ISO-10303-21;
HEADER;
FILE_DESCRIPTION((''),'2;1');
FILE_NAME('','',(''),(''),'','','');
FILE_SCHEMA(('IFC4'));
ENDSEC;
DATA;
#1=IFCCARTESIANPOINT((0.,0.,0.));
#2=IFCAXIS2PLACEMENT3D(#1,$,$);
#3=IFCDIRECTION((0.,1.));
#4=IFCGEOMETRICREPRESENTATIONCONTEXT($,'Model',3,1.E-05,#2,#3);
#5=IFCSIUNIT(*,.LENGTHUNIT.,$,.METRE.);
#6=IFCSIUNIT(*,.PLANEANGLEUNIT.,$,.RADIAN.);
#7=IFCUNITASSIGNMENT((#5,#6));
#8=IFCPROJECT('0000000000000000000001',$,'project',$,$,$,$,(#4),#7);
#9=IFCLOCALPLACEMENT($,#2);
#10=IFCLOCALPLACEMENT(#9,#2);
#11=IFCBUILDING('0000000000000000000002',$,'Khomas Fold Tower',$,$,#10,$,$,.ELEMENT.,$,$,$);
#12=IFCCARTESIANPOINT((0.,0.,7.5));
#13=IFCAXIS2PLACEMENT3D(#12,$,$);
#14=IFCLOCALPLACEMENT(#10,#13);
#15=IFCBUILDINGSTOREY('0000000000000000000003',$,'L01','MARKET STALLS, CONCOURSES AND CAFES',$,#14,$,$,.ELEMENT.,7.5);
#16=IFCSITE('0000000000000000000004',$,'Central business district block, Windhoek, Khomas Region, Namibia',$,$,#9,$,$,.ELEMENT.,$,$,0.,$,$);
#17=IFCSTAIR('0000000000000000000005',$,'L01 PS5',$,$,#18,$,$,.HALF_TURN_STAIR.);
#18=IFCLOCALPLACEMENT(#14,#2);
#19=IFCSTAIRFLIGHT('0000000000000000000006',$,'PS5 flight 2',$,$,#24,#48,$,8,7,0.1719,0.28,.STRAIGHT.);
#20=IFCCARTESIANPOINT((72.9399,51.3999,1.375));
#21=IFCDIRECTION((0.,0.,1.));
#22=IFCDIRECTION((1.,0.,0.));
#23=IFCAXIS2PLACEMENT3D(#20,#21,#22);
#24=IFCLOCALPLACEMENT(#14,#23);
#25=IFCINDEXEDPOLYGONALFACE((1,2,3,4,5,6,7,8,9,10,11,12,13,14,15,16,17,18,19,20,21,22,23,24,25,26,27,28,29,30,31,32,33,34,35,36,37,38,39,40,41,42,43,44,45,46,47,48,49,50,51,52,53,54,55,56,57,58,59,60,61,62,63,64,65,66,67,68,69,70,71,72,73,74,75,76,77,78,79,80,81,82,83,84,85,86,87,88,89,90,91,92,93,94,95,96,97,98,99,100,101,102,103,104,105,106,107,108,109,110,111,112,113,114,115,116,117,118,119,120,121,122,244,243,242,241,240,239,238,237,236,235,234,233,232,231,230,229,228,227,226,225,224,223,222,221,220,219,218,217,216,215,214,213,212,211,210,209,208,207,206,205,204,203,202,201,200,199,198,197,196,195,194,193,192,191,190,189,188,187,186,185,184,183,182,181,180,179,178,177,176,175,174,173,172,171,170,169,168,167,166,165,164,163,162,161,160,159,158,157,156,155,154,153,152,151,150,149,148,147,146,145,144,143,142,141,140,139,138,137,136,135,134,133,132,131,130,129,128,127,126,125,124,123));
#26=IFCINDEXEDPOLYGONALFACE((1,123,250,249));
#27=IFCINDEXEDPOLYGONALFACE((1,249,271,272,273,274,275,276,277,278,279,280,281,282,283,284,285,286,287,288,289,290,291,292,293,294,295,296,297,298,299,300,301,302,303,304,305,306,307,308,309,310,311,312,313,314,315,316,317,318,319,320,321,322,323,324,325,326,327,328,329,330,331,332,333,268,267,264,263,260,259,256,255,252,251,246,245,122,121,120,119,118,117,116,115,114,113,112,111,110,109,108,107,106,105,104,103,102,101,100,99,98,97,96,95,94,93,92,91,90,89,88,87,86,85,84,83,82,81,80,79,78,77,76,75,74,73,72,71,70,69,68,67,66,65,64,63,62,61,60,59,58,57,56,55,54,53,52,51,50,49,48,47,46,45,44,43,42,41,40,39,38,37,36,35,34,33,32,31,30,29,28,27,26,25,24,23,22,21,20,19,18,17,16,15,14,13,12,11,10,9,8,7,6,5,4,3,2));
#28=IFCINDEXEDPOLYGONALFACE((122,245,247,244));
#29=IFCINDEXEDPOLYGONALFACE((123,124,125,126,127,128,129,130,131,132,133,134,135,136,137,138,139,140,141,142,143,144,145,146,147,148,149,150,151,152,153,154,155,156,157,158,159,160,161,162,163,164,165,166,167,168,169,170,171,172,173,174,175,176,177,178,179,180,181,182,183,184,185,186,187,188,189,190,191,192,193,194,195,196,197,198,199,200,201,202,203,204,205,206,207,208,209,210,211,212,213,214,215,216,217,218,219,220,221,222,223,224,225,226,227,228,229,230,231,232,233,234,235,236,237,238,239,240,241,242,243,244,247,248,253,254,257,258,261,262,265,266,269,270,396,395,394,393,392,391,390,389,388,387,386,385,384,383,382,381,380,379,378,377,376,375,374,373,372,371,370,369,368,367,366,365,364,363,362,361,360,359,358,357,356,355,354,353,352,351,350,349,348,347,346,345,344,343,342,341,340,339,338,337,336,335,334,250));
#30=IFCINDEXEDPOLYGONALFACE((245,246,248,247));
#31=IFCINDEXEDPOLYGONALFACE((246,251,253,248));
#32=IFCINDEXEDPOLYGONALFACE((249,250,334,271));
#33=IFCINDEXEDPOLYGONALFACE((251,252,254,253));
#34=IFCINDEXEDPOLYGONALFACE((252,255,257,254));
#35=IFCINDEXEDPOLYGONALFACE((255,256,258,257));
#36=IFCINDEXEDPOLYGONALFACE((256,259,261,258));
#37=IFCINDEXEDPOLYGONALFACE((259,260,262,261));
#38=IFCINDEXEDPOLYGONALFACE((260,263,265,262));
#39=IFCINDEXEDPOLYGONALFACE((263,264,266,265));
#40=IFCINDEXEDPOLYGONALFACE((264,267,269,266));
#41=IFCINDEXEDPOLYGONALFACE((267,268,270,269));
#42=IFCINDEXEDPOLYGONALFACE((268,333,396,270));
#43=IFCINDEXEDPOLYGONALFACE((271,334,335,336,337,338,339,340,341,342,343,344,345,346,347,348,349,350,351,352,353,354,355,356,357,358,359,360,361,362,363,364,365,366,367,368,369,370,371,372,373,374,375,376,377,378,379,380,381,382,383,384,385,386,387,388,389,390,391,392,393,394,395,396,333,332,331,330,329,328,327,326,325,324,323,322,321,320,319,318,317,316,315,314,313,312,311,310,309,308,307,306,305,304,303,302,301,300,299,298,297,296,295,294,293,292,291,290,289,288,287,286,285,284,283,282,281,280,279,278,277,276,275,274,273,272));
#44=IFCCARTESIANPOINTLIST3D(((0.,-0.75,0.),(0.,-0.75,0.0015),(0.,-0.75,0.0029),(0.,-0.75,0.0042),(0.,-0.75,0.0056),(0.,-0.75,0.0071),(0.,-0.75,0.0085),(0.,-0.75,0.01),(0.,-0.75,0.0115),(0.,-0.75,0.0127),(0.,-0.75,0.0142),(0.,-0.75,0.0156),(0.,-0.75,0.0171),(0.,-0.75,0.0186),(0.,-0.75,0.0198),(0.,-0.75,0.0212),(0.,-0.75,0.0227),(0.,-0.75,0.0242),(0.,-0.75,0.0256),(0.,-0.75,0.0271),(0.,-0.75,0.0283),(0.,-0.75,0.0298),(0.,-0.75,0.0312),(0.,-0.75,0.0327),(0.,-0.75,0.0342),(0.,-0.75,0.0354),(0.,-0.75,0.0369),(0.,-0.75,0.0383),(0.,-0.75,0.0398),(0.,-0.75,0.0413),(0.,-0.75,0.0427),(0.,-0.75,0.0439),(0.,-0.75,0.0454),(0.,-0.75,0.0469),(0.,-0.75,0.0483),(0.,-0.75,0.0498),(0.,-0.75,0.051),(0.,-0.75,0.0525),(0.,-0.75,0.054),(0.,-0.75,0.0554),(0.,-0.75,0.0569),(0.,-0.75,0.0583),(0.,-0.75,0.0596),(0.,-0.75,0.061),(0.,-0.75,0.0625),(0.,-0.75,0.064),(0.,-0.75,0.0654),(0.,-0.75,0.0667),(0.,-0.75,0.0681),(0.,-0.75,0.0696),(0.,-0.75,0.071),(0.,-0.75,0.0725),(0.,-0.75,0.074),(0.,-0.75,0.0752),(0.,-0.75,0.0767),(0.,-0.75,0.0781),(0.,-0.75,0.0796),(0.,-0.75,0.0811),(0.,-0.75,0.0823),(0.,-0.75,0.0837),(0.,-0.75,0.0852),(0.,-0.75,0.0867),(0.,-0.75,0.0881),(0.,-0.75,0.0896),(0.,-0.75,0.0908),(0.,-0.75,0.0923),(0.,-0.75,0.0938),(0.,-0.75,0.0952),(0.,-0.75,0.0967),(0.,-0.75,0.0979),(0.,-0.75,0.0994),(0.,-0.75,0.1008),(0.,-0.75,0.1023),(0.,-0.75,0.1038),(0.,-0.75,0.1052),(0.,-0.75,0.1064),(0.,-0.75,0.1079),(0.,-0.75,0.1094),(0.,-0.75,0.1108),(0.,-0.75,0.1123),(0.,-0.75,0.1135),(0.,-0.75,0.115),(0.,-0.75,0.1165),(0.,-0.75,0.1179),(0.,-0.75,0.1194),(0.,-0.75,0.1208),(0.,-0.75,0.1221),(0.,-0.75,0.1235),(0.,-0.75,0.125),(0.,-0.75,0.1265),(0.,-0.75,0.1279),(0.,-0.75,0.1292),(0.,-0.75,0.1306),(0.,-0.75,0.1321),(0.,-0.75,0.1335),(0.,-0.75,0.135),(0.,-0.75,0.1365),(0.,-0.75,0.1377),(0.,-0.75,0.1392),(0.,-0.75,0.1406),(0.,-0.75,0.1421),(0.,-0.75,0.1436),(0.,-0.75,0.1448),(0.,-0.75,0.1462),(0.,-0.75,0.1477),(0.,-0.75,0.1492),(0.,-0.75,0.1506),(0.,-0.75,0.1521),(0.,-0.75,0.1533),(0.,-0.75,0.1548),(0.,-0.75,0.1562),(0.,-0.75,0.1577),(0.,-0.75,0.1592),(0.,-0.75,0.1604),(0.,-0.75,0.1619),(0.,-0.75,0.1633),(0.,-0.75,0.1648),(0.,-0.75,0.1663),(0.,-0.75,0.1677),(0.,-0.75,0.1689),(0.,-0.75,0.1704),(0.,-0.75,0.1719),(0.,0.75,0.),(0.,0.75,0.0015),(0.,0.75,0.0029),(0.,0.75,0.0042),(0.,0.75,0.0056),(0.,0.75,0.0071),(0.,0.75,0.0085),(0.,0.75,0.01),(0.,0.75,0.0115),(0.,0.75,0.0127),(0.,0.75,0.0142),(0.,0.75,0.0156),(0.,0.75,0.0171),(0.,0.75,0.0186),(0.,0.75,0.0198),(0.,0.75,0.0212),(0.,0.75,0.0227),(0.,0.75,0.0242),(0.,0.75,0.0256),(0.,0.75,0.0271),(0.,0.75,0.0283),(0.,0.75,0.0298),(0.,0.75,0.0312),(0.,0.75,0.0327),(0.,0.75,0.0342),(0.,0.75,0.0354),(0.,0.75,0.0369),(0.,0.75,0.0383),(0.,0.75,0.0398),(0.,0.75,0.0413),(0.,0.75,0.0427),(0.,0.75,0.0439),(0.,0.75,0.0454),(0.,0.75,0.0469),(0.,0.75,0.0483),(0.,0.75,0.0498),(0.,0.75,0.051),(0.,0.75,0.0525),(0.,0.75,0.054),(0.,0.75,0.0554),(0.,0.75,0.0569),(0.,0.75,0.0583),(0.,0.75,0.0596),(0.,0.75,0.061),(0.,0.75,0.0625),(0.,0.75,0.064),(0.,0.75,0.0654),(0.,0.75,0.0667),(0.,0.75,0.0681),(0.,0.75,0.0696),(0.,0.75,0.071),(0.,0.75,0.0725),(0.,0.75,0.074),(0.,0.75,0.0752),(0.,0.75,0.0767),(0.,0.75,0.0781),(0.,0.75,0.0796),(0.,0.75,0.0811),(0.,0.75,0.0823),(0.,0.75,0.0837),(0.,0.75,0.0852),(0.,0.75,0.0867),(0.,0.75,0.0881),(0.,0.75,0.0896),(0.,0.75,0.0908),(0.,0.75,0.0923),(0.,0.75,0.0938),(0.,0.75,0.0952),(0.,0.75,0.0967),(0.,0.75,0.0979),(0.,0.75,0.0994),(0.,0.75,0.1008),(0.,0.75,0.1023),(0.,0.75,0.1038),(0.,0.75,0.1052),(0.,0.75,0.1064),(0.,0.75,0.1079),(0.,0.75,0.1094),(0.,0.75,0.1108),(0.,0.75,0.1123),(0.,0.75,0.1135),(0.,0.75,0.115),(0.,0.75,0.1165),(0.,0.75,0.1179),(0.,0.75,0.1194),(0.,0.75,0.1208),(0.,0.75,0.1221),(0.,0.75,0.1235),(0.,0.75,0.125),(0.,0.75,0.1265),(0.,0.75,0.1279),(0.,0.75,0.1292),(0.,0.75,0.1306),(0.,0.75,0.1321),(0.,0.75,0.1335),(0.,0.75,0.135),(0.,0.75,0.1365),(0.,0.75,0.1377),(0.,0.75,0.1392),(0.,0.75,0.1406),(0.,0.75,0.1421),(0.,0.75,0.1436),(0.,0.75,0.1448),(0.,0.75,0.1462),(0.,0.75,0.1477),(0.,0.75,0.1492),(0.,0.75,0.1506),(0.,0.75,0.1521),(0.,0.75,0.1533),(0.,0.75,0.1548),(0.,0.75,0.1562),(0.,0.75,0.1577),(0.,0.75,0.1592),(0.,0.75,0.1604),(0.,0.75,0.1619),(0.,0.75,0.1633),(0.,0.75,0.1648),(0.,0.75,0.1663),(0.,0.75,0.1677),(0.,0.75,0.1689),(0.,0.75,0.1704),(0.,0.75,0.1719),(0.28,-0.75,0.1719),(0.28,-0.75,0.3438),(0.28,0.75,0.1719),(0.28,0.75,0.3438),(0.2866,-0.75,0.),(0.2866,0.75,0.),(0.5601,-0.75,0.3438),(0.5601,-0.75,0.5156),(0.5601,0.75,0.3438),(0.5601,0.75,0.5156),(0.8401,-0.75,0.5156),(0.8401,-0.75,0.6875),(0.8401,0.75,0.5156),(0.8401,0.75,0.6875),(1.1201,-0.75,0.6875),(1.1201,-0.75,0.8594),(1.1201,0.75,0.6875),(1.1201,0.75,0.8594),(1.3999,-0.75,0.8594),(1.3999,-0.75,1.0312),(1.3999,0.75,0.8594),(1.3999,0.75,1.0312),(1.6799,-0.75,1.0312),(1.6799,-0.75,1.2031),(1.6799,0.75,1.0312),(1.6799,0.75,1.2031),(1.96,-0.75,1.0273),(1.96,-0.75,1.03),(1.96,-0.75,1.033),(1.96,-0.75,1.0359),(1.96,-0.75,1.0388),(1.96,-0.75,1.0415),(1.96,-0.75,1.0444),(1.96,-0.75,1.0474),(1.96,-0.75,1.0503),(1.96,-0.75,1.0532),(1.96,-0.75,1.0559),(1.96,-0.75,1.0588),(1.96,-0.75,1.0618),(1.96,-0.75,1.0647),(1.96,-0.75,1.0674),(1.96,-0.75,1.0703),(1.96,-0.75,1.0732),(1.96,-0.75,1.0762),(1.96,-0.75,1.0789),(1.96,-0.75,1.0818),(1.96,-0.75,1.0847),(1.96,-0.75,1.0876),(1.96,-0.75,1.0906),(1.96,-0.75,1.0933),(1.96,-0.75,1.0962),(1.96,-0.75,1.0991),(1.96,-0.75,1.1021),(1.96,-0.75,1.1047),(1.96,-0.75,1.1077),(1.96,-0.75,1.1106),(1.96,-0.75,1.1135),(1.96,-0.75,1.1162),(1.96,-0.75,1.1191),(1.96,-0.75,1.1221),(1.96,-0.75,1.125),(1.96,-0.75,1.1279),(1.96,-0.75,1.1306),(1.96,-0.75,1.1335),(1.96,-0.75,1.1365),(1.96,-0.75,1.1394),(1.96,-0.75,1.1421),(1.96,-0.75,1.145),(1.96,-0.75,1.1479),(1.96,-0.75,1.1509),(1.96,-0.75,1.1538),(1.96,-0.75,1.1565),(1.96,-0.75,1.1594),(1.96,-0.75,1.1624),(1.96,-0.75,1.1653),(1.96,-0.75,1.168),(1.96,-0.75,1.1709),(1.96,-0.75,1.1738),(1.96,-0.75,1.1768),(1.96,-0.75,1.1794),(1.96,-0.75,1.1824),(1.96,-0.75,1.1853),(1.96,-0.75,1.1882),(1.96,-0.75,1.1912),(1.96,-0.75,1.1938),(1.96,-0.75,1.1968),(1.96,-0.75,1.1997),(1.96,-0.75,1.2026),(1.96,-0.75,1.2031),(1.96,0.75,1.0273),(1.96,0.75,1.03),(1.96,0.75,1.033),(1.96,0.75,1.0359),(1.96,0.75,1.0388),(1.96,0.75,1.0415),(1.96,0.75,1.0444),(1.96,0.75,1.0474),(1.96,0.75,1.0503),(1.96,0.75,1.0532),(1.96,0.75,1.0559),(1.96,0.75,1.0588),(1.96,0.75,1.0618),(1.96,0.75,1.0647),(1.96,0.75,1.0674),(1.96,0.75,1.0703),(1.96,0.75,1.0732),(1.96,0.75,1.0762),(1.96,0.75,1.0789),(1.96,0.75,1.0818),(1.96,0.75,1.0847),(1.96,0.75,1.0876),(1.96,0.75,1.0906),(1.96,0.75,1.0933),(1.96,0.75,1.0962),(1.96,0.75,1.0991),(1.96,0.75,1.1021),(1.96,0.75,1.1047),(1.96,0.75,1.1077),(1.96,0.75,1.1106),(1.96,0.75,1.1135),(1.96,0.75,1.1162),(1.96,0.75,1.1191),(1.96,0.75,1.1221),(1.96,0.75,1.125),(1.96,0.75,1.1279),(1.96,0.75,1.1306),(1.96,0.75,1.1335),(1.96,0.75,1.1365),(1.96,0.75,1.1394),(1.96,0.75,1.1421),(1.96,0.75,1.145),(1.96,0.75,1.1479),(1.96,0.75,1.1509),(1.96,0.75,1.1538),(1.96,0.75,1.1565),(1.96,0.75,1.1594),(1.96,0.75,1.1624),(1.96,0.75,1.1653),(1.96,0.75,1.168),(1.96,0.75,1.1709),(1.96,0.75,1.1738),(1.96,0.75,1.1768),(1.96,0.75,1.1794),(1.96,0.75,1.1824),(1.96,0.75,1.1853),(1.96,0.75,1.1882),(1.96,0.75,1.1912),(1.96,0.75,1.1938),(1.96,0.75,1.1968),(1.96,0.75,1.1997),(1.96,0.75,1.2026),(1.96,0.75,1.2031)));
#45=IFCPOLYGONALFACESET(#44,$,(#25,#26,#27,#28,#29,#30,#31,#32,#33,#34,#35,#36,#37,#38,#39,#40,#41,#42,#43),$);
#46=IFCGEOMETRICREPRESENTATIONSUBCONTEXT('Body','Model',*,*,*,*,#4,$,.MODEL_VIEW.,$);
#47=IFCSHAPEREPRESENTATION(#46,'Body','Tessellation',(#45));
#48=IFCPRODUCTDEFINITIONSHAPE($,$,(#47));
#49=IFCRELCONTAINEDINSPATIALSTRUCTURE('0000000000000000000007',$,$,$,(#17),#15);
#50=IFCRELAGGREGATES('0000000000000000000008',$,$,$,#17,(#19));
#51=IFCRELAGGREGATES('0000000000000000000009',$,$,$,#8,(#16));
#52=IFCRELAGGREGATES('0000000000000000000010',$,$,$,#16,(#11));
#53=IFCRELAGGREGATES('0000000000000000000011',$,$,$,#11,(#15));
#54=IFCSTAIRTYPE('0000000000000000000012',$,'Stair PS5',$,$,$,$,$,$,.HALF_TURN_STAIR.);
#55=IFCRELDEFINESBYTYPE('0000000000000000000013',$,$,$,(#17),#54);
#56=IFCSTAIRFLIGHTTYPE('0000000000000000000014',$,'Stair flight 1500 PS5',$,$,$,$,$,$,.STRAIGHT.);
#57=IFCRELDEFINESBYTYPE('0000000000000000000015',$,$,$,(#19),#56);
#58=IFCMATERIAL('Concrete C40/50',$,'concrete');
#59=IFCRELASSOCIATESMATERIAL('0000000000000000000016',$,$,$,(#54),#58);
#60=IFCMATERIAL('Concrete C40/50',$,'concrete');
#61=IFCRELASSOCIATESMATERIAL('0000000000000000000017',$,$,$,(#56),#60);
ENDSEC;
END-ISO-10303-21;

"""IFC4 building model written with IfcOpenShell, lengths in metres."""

from ifc_helpers import new_model, si_unit, direction, frame, origin, place, context, subcontext, project, spatial, polyline, outline, extrude, source, transform, mapped, material, type_object, element, aggregate, save


model = new_model("IFC4")

# Units and contexts
model_context = context("Model", 3, precision=1e-05, world=origin(), true_north=direction((0.0, 1.0)))
body_context = subcontext(model_context, "Body", "Model", "MODEL_VIEW")
ifc_project = project(units=[si_unit("LENGTHUNIT", "METRE"), si_unit("PLANEANGLEUNIT", "RADIAN")], contexts=[model_context])

# Site, building, storey
site_placement = place(None, origin())
site = spatial("IfcSite", under=ifc_project, at=site_placement, Name="Central business district block, Windhoek, Khomas Region, Namibia", CompositionType="ELEMENT", RefElevation=0.0)
building_placement = place(site_placement, origin())
building = spatial("IfcBuilding", under=site, at=building_placement, Name="Khomas Fold Tower", CompositionType="ELEMENT")
storey_placement = place(building_placement, frame((0.0, 0.0, 7.5)))
storey = spatial("IfcBuildingStorey", under=building, at=storey_placement, Name="L01", Description="MARKET STALLS, CONCOURSES AND CAFES", CompositionType="ELEMENT", Elevation=7.5)

# Stair, stair flight
ifc_material_1 = material(Name="Concrete C40/50", Category="concrete")
stair_type_1 = type_object("IfcStairType", Name="Stair PS5", PredefinedType="HALF_TURN_STAIR", material=ifc_material_1)
stair_1_placement = place(storey_placement, origin())
stair_1 = element("IfcStair", 1, at=stair_1_placement, inside=storey, type_object=stair_type_1, Name="L01 PS5", PredefinedType="HALF_TURN_STAIR")
ifc_material_2 = material(Name="Concrete C40/50", Category="concrete")
stair_flight_type_1 = type_object("IfcStairFlightType", Name="Stair flight 1500 PS5", PredefinedType="STRAIGHT", material=ifc_material_2)
shared_shape_1 = source(origin(), body_context, "Body", "SweptSolid", [
    extrude(outline(polyline([(0.0, 0.0), (0.0, 0.0015), (0.0, 0.0029), (0.0, 0.0042), (0.0, 0.0056), (0.0, 0.0071), (0.0, 0.0085), (0.0, 0.01), (0.0, 0.0115), (0.0, 0.0127), (0.0, 0.0142), (0.0, 0.0156), (0.0, 0.0171), (0.0, 0.0186), (0.0, 0.0198), (0.0, 0.0212), (0.0, 0.0227), (0.0, 0.0242), (0.0, 0.0256), (0.0, 0.0271), (0.0, 0.0283), (0.0, 0.0298), (0.0, 0.0312), (0.0, 0.0327), (0.0, 0.0342), (0.0, 0.0354), (0.0, 0.0369), (0.0, 0.0383), (0.0, 0.0398), (0.0, 0.0413), (0.0, 0.0427), (0.0, 0.0439), (0.0, 0.0454), (0.0, 0.0469), (0.0, 0.0483), (0.0, 0.0498), (0.0, 0.051), (0.0, 0.0525), (0.0, 0.054), (0.0, 0.0554), (0.0, 0.0569), (0.0, 0.0583), (0.0, 0.0596), (0.0, 0.061), (0.0, 0.0625), (0.0, 0.064), (0.0, 0.0654), (0.0, 0.0667), (0.0, 0.0681), (0.0, 0.0696), (0.0, 0.071), (0.0, 0.0725), (0.0, 0.074), (0.0, 0.0752), (0.0, 0.0767), (0.0, 0.0781), (0.0, 0.0796), (0.0, 0.0811), (0.0, 0.0823), (0.0, 0.0837), (0.0, 0.0852), (0.0, 0.0867), (0.0, 0.0881), (0.0, 0.0896), (0.0, 0.0908), (0.0, 0.0923), (0.0, 0.0938), (0.0, 0.0952), (0.0, 0.0967), (0.0, 0.0979), (0.0, 0.0994), (0.0, 0.1008), (0.0, 0.1023), (0.0, 0.1038), (0.0, 0.1052), (0.0, 0.1064), (0.0, 0.1079), (0.0, 0.1094), (0.0, 0.1108), (0.0, 0.1123), (0.0, 0.1135), (0.0, 0.115), (0.0, 0.1165), (0.0, 0.1179), (0.0, 0.1194), (0.0, 0.1208), (0.0, 0.1221), (0.0, 0.1235), (0.0, 0.125), (0.0, 0.1265), (0.0, 0.1279), (0.0, 0.1292), (0.0, 0.1306), (0.0, 0.1321), (0.0, 0.1335), (0.0, 0.135), (0.0, 0.1365), (0.0, 0.1377), (0.0, 0.1392), (0.0, 0.1406), (0.0, 0.1421), (0.0, 0.1436), (0.0, 0.1448), (0.0, 0.1462), (0.0, 0.1477), (0.0, 0.1492), (0.0, 0.1506), (0.0, 0.1521), (0.0, 0.1533), (0.0, 0.1548), (0.0, 0.1562), (0.0, 0.1577), (0.0, 0.1592), (0.0, 0.1604), (0.0, 0.1619), (0.0, 0.1633), (0.0, 0.1648), (0.0, 0.1663), (0.0, 0.1677), (0.0, 0.1689), (0.0, 0.1704), (0.0, 0.1719), (0.28, 0.1719), (0.28, 0.3438), (0.5601, 0.3438), (0.5601, 0.5156), (0.8401, 0.5156), (0.8401, 0.6875), (1.1201, 0.6875), (1.1201, 0.8594), (1.3999, 0.8594), (1.3999, 1.0312), (1.6799, 1.0312), (1.6799, 1.2031), (1.96, 1.2031), (1.96, 1.375), (1.96, 1.3721), (1.96, 1.3691), (1.96, 1.3665), (1.96, 1.3635), (1.96, 1.3606), (1.96, 1.3577), (1.96, 1.355), (1.96, 1.3521), (1.96, 1.3491), (1.96, 1.3462), (1.96, 1.3435), (1.96, 1.3406), (1.96, 1.3376), (1.96, 1.3347), (1.96, 1.3318), (1.96, 1.3291), (1.96, 1.3262), (1.96, 1.3232), (1.96, 1.3203), (1.96, 1.3176), (1.96, 1.3147), (1.96, 1.3118), (1.96, 1.3088), (1.96, 1.3059), (1.96, 1.3032), (1.96, 1.3003), (1.96, 1.2974), (1.96, 1.2944), (1.96, 1.2917), (1.96, 1.2888), (1.96, 1.2859), (1.96, 1.283), (1.96, 1.2803), (1.96, 1.2773), (1.96, 1.2744), (1.96, 1.2715), (1.96, 1.2686), (1.96, 1.2659), (1.96, 1.2629), (1.96, 1.26), (1.96, 1.2571), (1.96, 1.2544), (1.96, 1.2515), (1.96, 1.2485), (1.96, 1.2456), (1.96, 1.2427), (1.96, 1.24), (1.96, 1.2371), (1.96, 1.2341), (1.96, 1.2312), (1.96, 1.2285), (1.96, 1.2256), (1.96, 1.2227), (1.96, 1.2197), (1.96, 1.217), (1.96, 1.2141), (1.96, 1.2112), (1.96, 1.2083), (1.96, 1.2053), (1.96, 1.2026), (1.96, 1.1997), (1.96, 1.1968), (1.96, 1.1938), (1.96, 1.1912), (1.96, 1.1882), (1.96, 1.1853), (1.96, 1.1824), (1.96, 1.1794), (1.96, 1.1768), (1.96, 1.1738), (1.96, 1.1709), (1.96, 1.168), (1.96, 1.1653), (1.96, 1.1624), (1.96, 1.1594), (1.96, 1.1565), (1.96, 1.1538), (1.96, 1.1509), (1.96, 1.1479), (1.96, 1.145), (1.96, 1.1421), (1.96, 1.1394), (1.96, 1.1365), (1.96, 1.1335), (1.96, 1.1306), (1.96, 1.1279), (1.96, 1.125), (1.96, 1.1221), (1.96, 1.1191), (1.96, 1.1162), (1.96, 1.1135), (1.96, 1.1106), (1.96, 1.1077), (1.96, 1.1047), (1.96, 1.1021), (1.96, 1.0991), (1.96, 1.0962), (1.96, 1.0933), (1.96, 1.0906), (1.96, 1.0876), (1.96, 1.0847), (1.96, 1.0818), (1.96, 1.0789), (1.96, 1.0762), (1.96, 1.0732), (1.96, 1.0703), (1.96, 1.0674), (1.96, 1.0647), (1.96, 1.0618), (1.96, 1.0588), (1.96, 1.0559), (1.96, 1.0532), (1.96, 1.0503), (1.96, 1.0474), (1.96, 1.0444), (1.96, 1.0415), (1.96, 1.0388), (1.96, 1.0359), (1.96, 1.033), (1.96, 1.03), (1.96, 1.0273), (0.2866, 0.0), (0.0, 0.0)])), frame((0.0, 0.75, 0.0), z_axis=(0.0, -1.0, 0.0), x_axis=(1.0, 0.0, 0.0)), (0.0, 0.0, 1.0), 1.5),
])
stair_flight_1_placement = place(storey_placement, frame((72.9399, 51.3999, 1.375), z_axis=(0.0, 0.0, 1.0), x_axis=(1.0, 0.0, 0.0)))
stair_flight_1 = element("IfcStairFlight", 2, at=stair_flight_1_placement, type_object=stair_flight_type_1, Name="PS5 flight 2", NumberOfRisers=8, NumberOfTreads=7, PredefinedType="STRAIGHT", RiserHeight=0.1719, TreadLength=0.28, context=body_context, shape_type="MappedRepresentation", body=[
    mapped(shared_shape_1, transform((0.0, 0.0, 0.0))),
])
aggregate(stair_1, [stair_flight_1])

save(model, "model.ifc")
